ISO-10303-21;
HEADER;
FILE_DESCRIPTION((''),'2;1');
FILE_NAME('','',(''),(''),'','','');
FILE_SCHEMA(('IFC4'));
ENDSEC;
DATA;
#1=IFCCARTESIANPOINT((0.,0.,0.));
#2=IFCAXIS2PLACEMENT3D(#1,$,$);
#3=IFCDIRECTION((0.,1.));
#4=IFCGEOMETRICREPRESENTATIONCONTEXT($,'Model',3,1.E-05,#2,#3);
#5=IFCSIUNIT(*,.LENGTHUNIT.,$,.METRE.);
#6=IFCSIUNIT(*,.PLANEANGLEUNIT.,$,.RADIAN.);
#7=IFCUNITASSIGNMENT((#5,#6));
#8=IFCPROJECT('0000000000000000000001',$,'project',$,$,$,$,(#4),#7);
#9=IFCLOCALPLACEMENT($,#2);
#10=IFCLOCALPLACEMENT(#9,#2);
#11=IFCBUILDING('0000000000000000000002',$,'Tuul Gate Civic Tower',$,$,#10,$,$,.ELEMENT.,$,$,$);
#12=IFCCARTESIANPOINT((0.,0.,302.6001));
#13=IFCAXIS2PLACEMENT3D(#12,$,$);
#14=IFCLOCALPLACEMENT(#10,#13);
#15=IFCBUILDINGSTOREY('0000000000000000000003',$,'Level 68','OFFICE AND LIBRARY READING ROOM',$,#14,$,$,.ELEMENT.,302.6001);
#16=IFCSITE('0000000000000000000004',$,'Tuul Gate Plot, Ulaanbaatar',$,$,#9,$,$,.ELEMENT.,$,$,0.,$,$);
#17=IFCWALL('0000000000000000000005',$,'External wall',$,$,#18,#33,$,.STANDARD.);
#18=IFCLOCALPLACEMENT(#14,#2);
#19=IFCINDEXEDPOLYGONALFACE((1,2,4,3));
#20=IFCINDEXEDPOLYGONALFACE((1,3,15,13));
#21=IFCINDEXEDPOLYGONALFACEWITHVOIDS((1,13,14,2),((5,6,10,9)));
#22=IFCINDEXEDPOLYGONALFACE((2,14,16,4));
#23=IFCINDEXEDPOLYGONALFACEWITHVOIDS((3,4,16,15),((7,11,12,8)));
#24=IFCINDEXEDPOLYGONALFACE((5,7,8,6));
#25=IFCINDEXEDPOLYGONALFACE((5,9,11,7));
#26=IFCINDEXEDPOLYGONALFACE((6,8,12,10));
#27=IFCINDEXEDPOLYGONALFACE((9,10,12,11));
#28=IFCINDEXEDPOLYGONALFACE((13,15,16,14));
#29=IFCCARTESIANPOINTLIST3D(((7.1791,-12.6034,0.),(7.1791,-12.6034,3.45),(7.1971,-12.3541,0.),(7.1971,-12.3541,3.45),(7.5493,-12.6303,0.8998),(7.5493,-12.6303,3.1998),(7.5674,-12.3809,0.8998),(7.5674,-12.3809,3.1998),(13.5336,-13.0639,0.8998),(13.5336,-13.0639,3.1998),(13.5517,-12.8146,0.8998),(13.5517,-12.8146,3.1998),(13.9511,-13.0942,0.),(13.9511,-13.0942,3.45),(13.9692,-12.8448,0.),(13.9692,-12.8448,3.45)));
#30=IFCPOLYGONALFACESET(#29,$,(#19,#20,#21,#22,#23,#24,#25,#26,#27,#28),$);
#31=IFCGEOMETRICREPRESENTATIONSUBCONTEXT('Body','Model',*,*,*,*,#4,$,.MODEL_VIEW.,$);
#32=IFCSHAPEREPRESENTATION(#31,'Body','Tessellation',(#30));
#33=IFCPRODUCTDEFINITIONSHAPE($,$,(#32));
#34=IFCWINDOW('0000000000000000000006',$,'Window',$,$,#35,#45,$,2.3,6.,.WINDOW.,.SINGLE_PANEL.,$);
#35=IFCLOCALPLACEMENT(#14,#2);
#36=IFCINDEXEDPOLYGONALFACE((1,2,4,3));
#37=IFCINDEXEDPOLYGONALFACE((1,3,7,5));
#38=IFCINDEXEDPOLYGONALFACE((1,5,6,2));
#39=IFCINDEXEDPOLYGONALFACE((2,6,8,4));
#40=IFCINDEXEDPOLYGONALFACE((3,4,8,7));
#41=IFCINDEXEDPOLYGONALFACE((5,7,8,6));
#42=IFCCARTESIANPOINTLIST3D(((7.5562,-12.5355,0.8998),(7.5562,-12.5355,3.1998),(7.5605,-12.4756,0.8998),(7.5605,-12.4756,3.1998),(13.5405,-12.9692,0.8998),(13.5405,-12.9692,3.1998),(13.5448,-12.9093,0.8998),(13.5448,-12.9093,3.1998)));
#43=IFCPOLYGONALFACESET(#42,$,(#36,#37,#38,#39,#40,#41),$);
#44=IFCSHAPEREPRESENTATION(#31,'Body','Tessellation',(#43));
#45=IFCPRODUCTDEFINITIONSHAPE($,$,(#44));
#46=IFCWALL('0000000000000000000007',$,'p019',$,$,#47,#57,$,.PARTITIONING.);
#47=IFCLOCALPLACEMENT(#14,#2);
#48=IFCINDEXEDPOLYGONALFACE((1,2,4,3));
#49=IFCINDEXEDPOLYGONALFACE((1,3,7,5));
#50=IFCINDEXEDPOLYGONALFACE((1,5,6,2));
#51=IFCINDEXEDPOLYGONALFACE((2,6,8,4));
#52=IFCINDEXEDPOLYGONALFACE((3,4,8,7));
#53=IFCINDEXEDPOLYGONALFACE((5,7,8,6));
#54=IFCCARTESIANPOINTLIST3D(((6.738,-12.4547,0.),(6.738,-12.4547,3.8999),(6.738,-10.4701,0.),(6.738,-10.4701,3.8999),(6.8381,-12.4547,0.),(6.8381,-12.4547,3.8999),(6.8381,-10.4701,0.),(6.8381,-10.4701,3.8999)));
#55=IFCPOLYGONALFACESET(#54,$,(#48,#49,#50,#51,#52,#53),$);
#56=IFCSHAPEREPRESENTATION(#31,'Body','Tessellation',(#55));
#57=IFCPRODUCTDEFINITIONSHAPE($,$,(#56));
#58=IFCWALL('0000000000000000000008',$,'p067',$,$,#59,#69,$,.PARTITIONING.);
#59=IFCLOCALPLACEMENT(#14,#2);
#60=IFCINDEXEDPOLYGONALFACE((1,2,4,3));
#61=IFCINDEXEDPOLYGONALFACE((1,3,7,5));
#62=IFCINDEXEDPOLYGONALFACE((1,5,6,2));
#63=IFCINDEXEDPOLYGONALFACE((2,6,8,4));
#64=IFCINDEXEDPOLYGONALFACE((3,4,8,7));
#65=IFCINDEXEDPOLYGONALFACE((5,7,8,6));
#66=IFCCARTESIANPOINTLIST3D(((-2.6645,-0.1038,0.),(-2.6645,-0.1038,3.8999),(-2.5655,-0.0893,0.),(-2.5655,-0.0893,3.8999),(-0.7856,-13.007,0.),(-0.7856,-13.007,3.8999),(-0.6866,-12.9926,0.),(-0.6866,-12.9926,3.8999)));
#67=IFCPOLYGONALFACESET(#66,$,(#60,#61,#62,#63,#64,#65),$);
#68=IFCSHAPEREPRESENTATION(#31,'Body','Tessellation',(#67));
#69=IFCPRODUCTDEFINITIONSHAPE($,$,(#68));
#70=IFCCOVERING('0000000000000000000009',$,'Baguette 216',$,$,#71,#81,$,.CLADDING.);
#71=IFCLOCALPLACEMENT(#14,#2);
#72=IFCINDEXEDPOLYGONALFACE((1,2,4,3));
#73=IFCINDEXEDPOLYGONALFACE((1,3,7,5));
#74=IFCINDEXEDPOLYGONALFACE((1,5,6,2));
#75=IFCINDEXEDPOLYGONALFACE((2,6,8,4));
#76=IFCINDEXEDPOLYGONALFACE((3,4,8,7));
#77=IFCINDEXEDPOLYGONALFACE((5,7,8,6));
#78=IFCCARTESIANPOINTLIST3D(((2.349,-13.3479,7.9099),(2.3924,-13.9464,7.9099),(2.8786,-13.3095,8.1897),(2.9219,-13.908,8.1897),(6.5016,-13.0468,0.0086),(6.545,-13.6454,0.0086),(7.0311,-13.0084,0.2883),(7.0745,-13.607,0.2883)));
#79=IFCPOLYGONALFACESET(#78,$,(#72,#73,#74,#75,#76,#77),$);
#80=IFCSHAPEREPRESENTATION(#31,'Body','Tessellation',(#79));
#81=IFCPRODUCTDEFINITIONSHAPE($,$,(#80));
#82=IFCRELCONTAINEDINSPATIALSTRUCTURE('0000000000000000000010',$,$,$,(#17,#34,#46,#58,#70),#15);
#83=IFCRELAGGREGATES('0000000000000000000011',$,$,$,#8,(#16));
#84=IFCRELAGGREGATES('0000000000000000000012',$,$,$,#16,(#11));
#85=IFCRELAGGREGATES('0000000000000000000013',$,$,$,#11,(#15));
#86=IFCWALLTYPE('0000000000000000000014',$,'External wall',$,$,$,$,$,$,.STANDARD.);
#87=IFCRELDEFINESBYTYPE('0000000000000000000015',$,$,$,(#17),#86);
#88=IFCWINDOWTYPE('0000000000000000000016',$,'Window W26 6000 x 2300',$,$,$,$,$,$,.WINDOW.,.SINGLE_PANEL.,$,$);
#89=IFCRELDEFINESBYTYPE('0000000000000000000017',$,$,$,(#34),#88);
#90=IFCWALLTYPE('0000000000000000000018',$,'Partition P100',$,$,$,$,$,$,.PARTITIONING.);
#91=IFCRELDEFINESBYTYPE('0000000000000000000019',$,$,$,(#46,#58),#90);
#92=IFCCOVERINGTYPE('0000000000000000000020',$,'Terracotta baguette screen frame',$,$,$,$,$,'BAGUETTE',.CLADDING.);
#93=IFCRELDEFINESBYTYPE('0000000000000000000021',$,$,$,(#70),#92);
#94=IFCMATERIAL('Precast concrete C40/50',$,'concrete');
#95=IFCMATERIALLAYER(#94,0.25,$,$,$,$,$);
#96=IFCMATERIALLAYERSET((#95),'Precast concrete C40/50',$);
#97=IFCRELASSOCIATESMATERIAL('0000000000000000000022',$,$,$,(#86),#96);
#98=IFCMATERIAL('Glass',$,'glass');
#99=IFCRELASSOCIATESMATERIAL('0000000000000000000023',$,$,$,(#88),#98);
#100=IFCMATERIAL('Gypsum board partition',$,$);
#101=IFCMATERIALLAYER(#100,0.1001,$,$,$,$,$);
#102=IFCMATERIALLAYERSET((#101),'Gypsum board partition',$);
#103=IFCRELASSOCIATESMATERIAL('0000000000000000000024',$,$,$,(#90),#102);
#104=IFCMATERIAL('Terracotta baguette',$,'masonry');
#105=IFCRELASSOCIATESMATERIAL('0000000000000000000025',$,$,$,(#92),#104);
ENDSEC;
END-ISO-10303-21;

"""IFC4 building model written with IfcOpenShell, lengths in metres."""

from ifc_helpers import new_model, si_unit, direction, frame, frame_2d, origin, origin_2d, place, context, subcontext, project, spatial, rectangle, extrude, material, layer, layer_set, material_profile, profile_set, type_object, element, fill, save


model = new_model("IFC4")

# Units and contexts
model_context = context("Model", 3, precision=1e-05, world=origin(), true_north=direction((0.0, 1.0)))
body_context = subcontext(model_context, "Body", "Model", "MODEL_VIEW")
ifc_project = project(units=[si_unit("LENGTHUNIT", "METRE"), si_unit("PLANEANGLEUNIT", "RADIAN")], contexts=[model_context])

# Site, building, storey
site_placement = place(None, origin())
site = spatial("IfcSite", under=ifc_project, at=site_placement, Name="Tuul Gate Plot, Ulaanbaatar", CompositionType="ELEMENT", RefElevation=0.0)
building_placement = place(site_placement, origin())
building = spatial("IfcBuilding", under=site, at=building_placement, Name="Tuul Gate Civic Tower", CompositionType="ELEMENT")
storey_placement = place(building_placement, frame((0.0, 0.0, 302.6001)))
storey = spatial("IfcBuildingStorey", under=building, at=storey_placement, Name="Level 68", Description="OFFICE AND LIBRARY READING ROOM", CompositionType="ELEMENT", Elevation=302.6001)

# Wall, opening, window
ifc_material_1 = material(Name="Precast concrete C40/50", Category="concrete")
ifc_layer_1 = layer(ifc_material_1, 0.25)
ifc_layer_set_1 = layer_set([ifc_layer_1], Name="Precast concrete C40/50")
wall_type_1 = type_object("IfcWallType", Name="External wall", PredefinedType="STANDARD", material=ifc_layer_set_1)
ifc_material_2 = material(Name="Glass", Category="glass")
window_type = type_object("IfcWindowType", Name="Window W26 6000 x 2300", PartitioningType="SINGLE_PANEL", PredefinedType="WINDOW", material=ifc_material_2)
wall_1_placement = place(storey_placement, frame((7.188, -12.4788, 0.0), z_axis=(0.0, 0.0, 1.0), x_axis=(0.997385, -0.072274, 0.0)))
wall_1 = element("IfcWall", 1, at=wall_1_placement, inside=storey, type_object=wall_type_1, Name="External wall", PredefinedType="STANDARD", context=body_context, shape_type="SweptSolid", body=[
    extrude(rectangle(XDim=6.7898, YDim=0.25, at=frame_2d((3.395, 0.0))), origin(), (0.0, 0.0, 1.0), 3.45),
])
opening_1_placement = place(wall_1_placement, frame((0.3713, 0.0, 0.8999)))
opening_1 = element("IfcOpeningElement", 2, at=opening_1_placement, cuts=wall_1, PredefinedType="OPENING", context=body_context, shape_type="SweptSolid", body=[
    extrude(rectangle(XDim=6.0, YDim=2.3, at=frame_2d((3.0, 1.1499))), frame((0.0, 0.135, 0.0), z_axis=(0.0, -1.0, 0.0), x_axis=(1.0, 0.0, 0.0)), (0.0, 0.0, 1.0), 0.27),
])
window_1_placement = place(opening_1_placement, origin())
window_1 = element("IfcWindow", 3, at=window_1_placement, inside=storey, type_object=window_type, Name="Window", OverallHeight=2.3, OverallWidth=6.0, PartitioningType="SINGLE_PANEL", PredefinedType="WINDOW", context=body_context, shape_type="SweptSolid", body=[
    extrude(rectangle(XDim=6.0, YDim=2.3, at=frame_2d((3.0, 1.1499))), frame((0.0, 0.03, 0.0), z_axis=(0.0, -1.0, 0.0), x_axis=(1.0, 0.0, 0.0)), (0.0, 0.0, 1.0), 0.0601),
])
fill(opening_1, window_1)

# Walls
ifc_material_3 = material(Name="Gypsum board partition")
ifc_layer_2 = layer(ifc_material_3, 0.1001)
ifc_layer_set_2 = layer_set([ifc_layer_2], Name="Gypsum board partition")
wall_type_2 = type_object("IfcWallType", Name="Partition P100", PredefinedType="PARTITIONING", material=ifc_layer_set_2)
wall_2_placement = place(storey_placement, frame((6.7881, -12.4546, 0.0), z_axis=(0.0, 0.0, 1.0), x_axis=(0.0, 1.0, 0.0)))
element("IfcWall", 4, at=wall_2_placement, inside=storey, type_object=wall_type_2, Name="p019", PredefinedType="PARTITIONING", context=body_context, shape_type="SweptSolid", body=[
    extrude(rectangle(XDim=1.9846, YDim=0.1001, at=frame_2d((0.9922, 0.0))), origin(), (0.0, 0.0, 1.0), 3.8999),
])
wall_3_placement = place(storey_placement, frame((-2.615, -0.0967, 0.0), z_axis=(0.0, 0.0, 1.0), x_axis=(0.144095, -0.989564, 0.0)))
element("IfcWall", 5, at=wall_3_placement, inside=storey, type_object=wall_type_2, Name="p067", PredefinedType="PARTITIONING", context=body_context, shape_type="SweptSolid", body=[
    extrude(rectangle(XDim=13.0393, YDim=0.1001, at=frame_2d((6.5195, 0.0))), origin(), (0.0, 0.0, 1.0), 3.8999),
])

# Covering
ifc_material_4 = material(Name="Terracotta baguette", Category="masonry")
ifc_material_profile_1 = material_profile(ifc_material_4, rectangle(XDim=0.6001, YDim=0.6001, at=origin_2d()), Name="Terracotta baguette screen frame")
ifc_profile_set_1 = profile_set([ifc_material_profile_1], Name="Terracotta baguette")
covering_type = type_object("IfcCoveringType", Name="Terracotta baguette screen frame", ElementType="BAGUETTE", PredefinedType="CLADDING", material=ifc_profile_set_1)
covering_placement = place(storey_placement, frame((2.6355, -13.6279, 8.0498), z_axis=(0.464953, 0.033705, -0.884693), x_axis=(-0.072301, 0.997383, 0.0)))
element("IfcCovering", 6, at=covering_placement, inside=storey, type_object=covering_type, Name="Baguette 216", PredefinedType="CLADDING", context=body_context, shape_type="SweptSolid", body=[
    extrude(rectangle(XDim=0.6001, YDim=0.6001, at=origin_2d()), origin(), (0.0, 0.0, 1.0), 8.9312),
])

save(model, "model.ifc")
